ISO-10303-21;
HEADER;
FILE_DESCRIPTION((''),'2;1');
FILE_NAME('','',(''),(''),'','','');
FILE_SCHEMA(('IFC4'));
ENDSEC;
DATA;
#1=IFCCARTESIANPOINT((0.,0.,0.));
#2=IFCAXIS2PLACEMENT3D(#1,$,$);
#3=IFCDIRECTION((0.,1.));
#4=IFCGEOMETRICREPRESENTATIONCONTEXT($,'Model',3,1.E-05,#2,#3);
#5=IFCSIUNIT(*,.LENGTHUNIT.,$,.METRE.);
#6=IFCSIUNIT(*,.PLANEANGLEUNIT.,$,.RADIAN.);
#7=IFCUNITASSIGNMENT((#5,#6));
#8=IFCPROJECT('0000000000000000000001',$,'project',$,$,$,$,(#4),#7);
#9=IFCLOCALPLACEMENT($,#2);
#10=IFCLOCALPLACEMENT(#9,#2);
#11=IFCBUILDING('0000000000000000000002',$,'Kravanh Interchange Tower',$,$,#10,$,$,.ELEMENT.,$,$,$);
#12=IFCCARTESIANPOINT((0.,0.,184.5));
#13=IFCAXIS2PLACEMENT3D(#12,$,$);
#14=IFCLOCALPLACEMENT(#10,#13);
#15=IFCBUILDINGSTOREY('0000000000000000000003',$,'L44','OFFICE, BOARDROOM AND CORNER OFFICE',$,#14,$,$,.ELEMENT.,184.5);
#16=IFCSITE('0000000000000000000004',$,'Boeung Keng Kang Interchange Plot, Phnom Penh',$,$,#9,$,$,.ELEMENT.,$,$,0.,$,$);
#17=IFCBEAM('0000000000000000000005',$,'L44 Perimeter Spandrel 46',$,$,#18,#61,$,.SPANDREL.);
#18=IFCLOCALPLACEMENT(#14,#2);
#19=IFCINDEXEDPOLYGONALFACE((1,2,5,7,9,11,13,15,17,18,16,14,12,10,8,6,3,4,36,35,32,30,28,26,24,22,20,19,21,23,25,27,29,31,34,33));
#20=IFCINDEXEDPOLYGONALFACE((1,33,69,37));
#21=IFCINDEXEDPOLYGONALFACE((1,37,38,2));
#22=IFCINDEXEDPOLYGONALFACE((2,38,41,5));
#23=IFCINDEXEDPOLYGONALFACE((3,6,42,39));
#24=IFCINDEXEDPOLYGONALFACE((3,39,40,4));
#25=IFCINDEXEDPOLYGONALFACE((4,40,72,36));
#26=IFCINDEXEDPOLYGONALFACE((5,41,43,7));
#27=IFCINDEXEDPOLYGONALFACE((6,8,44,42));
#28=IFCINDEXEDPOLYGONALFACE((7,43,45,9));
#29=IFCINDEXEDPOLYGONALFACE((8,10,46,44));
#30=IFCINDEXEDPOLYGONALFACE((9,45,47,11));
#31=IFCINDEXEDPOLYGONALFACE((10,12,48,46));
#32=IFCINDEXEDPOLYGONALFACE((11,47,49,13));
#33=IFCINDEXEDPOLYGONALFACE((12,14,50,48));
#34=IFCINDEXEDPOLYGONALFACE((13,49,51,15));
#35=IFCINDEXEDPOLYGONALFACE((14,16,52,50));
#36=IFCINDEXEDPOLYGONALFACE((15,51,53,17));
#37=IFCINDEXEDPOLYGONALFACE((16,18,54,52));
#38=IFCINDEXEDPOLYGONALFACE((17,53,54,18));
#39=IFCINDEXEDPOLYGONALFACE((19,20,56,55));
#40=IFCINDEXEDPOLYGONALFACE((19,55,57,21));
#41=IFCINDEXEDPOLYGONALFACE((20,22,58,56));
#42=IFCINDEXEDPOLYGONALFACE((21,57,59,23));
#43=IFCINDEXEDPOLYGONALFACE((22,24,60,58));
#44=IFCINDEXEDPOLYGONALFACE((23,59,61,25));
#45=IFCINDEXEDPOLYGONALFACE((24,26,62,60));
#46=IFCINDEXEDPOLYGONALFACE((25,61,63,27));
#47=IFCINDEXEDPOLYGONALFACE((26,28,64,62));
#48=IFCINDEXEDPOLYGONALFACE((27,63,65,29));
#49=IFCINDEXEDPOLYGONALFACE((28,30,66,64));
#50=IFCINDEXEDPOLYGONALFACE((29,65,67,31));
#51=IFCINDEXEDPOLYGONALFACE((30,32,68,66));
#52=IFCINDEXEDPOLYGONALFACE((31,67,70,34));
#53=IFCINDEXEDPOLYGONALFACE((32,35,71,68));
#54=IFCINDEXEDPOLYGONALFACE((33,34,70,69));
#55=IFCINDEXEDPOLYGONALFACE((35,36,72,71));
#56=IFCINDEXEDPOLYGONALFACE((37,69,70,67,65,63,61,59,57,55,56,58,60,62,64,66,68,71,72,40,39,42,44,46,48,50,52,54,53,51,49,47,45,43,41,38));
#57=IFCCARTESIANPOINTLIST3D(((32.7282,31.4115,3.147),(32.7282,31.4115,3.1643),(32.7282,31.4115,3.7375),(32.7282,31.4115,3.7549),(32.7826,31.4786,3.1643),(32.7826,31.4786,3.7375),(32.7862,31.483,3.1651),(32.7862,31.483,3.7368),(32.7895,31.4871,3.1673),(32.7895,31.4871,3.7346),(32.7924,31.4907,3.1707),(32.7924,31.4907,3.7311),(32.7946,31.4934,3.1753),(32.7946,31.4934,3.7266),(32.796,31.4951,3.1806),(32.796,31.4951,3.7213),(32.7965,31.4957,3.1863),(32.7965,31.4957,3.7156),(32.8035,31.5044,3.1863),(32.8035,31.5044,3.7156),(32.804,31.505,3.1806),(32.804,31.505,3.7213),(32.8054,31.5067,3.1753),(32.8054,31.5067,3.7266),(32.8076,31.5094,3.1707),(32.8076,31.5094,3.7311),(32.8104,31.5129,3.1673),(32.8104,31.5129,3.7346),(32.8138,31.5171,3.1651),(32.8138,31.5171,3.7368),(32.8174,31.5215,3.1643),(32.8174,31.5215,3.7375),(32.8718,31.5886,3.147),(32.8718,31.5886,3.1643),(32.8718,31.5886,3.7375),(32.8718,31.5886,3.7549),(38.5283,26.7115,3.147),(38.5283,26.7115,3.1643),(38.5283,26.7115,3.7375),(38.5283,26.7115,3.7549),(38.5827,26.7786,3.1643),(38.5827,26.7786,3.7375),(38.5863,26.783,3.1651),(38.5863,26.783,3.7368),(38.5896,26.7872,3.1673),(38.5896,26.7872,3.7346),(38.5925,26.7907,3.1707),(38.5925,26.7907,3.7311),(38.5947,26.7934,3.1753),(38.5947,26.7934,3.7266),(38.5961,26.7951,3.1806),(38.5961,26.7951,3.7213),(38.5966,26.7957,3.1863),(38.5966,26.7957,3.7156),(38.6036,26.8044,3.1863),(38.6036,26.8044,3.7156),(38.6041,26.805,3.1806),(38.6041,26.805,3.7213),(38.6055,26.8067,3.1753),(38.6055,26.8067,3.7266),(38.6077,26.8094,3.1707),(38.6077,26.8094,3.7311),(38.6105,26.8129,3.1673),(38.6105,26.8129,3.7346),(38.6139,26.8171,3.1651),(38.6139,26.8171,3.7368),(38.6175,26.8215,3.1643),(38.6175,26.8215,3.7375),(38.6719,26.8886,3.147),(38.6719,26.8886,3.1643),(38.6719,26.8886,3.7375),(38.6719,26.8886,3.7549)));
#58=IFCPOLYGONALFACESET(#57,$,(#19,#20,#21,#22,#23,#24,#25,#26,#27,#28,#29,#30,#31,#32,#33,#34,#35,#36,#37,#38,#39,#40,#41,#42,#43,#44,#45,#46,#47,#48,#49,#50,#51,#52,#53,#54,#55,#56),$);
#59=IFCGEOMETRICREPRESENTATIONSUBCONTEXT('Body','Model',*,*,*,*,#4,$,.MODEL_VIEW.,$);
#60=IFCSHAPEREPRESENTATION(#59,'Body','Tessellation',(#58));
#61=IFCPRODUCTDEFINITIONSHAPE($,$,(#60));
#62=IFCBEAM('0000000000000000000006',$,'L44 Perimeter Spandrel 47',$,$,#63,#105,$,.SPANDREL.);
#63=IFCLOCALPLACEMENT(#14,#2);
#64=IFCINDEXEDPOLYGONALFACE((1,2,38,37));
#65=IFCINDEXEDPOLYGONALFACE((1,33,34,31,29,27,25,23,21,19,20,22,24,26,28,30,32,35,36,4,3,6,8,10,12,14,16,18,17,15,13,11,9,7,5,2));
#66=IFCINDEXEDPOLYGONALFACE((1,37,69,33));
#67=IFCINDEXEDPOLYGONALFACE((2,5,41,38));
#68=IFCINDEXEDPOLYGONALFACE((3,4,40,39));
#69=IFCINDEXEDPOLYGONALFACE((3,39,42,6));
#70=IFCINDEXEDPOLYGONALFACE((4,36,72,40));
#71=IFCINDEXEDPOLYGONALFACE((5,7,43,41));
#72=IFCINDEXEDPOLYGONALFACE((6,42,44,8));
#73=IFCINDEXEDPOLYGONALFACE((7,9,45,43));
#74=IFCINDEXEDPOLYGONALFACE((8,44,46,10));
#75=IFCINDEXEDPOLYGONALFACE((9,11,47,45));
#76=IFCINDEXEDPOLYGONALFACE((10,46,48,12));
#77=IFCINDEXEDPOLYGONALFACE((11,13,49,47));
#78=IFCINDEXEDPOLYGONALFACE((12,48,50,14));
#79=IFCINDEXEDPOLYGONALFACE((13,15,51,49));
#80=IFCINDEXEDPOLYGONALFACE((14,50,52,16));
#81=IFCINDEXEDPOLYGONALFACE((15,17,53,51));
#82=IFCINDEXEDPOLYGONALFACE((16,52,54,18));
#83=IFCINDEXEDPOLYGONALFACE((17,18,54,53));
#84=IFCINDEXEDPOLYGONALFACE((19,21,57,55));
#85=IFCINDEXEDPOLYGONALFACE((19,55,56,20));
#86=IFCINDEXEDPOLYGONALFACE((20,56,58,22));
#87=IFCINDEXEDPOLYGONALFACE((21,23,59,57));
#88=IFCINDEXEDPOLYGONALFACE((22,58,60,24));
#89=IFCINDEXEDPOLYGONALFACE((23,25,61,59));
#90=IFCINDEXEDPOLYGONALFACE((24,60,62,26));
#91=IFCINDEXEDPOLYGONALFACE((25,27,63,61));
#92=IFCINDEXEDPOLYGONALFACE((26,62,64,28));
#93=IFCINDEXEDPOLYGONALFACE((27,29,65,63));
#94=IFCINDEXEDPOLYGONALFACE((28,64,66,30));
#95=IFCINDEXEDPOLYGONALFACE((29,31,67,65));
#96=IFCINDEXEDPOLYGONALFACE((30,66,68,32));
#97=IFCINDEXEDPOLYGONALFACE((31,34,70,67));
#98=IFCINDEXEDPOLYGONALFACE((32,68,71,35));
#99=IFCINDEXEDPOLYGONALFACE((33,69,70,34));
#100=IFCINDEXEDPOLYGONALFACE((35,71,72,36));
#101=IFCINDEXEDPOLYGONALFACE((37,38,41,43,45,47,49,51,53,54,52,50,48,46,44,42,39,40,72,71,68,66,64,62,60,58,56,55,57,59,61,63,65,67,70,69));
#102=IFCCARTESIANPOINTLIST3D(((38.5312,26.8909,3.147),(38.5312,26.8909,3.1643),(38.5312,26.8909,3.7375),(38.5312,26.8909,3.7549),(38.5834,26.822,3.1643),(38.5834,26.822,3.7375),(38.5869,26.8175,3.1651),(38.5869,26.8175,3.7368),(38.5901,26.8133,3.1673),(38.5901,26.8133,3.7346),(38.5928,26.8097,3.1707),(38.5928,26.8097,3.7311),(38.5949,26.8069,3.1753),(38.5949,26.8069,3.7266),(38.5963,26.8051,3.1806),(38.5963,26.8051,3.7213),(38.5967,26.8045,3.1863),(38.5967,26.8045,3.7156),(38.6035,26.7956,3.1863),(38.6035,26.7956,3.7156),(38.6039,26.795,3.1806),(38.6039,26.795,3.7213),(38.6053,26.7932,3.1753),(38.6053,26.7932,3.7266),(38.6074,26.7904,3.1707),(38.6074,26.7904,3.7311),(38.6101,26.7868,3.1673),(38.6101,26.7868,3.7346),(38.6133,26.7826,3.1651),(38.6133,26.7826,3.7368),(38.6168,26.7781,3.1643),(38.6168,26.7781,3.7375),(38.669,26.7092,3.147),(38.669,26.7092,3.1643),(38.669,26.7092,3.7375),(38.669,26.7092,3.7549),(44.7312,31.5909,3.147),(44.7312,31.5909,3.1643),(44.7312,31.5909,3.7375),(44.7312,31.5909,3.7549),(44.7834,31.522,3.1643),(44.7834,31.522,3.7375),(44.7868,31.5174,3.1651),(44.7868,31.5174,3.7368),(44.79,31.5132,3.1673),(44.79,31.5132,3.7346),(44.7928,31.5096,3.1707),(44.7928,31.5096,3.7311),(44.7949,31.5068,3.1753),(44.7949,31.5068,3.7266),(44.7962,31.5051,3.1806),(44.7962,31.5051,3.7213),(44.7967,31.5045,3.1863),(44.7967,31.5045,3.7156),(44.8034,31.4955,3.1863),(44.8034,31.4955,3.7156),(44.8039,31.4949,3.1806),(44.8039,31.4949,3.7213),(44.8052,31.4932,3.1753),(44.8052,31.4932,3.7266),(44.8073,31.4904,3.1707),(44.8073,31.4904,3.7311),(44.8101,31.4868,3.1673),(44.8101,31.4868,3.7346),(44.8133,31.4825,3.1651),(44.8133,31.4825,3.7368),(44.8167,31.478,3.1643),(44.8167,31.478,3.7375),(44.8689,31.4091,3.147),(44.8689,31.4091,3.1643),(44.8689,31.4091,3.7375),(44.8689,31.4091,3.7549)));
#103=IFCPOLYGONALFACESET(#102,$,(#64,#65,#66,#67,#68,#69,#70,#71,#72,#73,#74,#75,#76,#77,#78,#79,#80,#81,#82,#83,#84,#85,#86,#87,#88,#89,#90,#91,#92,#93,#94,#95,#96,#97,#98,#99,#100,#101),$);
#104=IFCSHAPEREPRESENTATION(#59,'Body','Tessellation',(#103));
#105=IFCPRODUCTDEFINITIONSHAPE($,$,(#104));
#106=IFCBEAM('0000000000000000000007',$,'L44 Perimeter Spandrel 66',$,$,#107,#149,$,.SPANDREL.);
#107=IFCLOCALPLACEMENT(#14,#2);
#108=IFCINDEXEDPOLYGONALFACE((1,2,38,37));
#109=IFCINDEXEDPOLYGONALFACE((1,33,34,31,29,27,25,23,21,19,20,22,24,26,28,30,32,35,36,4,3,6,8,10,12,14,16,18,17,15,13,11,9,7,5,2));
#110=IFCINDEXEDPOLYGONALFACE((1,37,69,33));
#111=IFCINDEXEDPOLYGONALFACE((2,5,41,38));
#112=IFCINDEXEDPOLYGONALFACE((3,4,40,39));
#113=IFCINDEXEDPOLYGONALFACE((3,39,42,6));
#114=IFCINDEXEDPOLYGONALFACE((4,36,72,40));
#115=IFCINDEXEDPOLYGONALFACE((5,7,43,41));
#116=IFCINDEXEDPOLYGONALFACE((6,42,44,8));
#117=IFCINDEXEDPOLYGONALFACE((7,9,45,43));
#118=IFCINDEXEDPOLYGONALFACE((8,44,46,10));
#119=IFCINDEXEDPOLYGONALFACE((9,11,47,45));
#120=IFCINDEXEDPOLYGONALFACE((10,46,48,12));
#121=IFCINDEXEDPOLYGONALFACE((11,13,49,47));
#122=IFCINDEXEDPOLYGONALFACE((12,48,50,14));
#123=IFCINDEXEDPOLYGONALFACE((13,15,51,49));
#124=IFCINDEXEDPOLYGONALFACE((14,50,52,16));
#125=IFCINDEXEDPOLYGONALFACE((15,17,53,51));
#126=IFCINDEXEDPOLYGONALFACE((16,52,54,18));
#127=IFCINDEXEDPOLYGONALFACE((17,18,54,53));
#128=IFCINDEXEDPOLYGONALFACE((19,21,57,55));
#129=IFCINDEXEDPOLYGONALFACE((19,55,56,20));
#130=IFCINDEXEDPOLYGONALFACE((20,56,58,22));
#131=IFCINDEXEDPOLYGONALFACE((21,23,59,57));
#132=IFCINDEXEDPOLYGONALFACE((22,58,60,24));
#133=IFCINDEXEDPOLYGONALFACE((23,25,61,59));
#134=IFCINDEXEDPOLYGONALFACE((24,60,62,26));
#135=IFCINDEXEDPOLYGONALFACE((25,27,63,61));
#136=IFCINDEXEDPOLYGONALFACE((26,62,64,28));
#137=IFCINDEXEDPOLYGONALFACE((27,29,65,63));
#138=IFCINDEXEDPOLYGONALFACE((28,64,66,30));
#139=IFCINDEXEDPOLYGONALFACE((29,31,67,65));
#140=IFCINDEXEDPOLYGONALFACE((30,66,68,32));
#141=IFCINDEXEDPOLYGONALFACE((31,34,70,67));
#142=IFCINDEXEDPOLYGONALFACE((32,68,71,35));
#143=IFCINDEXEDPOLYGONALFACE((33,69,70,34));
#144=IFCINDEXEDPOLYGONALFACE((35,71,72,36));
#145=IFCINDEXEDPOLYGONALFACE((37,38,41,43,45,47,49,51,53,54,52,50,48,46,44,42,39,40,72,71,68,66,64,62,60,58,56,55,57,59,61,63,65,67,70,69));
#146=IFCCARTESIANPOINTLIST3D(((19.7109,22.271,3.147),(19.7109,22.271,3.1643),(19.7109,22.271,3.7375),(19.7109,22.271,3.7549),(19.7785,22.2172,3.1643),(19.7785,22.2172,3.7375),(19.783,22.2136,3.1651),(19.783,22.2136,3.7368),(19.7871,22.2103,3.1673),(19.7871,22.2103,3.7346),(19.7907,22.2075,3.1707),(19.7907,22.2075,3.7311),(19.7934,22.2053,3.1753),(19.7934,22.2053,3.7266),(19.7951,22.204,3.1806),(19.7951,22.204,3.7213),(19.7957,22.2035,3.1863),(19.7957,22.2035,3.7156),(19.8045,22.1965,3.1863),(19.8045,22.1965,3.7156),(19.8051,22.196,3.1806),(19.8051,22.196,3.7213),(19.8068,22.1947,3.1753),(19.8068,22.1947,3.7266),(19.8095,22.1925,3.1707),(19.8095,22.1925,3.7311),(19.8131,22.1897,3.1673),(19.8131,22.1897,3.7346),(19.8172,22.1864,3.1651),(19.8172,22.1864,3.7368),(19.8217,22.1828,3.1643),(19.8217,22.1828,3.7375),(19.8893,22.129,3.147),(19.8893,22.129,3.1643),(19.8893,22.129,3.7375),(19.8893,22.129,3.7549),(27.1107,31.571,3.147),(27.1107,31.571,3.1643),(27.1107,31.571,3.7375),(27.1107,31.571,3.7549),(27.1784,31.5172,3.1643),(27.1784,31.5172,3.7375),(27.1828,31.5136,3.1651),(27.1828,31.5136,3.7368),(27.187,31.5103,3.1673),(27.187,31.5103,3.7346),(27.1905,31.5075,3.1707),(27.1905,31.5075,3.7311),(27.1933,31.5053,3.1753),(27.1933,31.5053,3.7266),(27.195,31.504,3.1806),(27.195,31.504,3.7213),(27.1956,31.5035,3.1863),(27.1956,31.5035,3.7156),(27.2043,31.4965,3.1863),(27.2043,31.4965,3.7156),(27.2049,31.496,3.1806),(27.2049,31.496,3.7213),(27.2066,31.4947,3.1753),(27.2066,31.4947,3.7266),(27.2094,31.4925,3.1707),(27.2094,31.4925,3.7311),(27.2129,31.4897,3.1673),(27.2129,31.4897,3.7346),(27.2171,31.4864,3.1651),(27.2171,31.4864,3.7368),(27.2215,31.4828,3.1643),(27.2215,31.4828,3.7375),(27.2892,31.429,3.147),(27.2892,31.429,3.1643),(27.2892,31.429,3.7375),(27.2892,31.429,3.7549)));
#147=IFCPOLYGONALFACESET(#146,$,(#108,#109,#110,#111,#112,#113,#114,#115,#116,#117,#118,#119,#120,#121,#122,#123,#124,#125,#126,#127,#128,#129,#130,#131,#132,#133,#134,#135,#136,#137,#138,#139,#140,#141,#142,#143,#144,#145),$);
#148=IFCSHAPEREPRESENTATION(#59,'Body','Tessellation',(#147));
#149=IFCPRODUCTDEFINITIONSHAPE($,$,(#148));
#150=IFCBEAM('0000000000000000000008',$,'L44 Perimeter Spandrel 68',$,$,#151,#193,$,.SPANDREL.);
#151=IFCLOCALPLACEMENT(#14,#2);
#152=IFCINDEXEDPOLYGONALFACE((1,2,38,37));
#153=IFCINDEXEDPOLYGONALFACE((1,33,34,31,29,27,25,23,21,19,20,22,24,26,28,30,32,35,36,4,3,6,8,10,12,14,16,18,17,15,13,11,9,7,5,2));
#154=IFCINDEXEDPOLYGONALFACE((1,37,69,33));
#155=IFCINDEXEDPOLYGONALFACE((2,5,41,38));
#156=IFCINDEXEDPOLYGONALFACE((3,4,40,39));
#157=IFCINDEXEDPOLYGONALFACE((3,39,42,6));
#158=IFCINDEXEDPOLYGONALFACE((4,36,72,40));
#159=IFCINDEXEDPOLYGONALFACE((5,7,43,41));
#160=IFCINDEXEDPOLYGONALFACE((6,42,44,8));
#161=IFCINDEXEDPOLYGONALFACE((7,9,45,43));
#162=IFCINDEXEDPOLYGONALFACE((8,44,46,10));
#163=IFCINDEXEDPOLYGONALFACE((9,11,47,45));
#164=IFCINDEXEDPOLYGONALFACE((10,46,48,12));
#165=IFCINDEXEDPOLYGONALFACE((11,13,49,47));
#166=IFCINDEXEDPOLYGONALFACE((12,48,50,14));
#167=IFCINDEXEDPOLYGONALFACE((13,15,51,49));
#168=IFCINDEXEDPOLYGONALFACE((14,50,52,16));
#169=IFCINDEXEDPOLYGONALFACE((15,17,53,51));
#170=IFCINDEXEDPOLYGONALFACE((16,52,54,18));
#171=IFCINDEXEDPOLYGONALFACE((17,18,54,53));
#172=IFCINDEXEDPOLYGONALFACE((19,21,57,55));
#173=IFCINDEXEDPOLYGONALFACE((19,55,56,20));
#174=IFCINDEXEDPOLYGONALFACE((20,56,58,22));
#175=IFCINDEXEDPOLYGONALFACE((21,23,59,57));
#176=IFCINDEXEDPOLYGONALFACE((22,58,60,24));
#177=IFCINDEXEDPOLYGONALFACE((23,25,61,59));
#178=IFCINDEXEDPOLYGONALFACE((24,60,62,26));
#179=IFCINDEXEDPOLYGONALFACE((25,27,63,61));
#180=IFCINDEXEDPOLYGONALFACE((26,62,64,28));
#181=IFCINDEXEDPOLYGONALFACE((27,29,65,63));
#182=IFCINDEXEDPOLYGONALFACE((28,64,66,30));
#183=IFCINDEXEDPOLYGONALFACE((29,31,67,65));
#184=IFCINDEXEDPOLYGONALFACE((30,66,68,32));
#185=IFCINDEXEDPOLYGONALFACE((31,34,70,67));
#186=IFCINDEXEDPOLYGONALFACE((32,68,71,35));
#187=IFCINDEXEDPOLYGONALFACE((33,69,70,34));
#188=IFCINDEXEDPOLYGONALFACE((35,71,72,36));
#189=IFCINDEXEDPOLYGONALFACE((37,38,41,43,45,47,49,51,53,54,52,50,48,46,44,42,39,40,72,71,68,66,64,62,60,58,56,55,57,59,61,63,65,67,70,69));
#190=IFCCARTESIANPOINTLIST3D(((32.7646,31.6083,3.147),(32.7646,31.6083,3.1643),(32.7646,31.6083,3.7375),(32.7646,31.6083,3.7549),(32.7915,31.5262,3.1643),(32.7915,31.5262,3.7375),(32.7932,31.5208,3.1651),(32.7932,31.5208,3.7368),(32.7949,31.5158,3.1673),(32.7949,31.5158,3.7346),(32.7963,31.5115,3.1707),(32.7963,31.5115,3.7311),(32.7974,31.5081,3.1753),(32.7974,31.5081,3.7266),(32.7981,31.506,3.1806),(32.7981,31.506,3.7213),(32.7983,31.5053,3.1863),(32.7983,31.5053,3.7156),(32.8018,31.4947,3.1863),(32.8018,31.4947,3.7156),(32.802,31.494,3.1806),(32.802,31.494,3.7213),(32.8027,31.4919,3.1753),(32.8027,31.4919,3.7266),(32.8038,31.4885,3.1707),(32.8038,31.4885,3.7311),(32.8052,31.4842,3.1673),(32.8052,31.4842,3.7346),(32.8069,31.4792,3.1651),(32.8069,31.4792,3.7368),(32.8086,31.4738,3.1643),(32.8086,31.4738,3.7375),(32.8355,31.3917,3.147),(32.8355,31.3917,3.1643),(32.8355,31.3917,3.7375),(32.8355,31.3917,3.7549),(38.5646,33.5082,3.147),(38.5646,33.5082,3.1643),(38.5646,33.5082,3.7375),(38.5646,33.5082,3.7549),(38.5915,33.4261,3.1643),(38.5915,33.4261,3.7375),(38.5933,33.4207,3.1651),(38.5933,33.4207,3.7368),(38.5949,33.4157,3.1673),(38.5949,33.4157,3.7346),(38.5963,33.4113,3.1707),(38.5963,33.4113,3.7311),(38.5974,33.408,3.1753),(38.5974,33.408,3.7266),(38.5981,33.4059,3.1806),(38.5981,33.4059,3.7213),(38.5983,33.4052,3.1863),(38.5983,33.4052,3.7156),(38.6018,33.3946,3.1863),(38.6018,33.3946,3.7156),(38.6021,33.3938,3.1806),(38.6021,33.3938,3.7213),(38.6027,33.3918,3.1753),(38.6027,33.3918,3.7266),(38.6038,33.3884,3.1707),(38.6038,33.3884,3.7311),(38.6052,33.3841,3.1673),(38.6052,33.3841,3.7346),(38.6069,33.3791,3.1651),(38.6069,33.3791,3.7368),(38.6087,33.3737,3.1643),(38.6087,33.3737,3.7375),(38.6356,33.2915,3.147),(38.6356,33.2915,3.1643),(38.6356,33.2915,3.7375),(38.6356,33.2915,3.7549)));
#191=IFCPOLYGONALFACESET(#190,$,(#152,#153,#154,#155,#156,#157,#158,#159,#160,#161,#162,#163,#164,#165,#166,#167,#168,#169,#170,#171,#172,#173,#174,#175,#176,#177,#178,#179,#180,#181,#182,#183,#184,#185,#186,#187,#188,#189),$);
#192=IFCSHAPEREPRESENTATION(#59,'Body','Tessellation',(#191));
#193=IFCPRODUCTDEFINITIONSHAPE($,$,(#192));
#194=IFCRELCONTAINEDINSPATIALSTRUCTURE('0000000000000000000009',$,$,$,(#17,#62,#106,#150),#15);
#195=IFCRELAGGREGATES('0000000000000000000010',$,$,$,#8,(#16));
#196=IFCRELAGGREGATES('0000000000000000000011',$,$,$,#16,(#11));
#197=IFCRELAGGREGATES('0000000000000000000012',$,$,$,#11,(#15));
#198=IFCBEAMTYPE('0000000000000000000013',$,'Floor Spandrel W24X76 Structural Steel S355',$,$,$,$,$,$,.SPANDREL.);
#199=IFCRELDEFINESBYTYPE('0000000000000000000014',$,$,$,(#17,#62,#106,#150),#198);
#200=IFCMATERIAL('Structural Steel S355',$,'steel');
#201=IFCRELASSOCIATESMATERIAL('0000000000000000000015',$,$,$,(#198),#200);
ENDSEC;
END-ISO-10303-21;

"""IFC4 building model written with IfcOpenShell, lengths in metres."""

from ifc_helpers import new_model, si_unit, direction, frame, origin, origin_2d, place, context, subcontext, project, spatial, i_section, extrude, material, material_profile, profile_set, type_object, element, save


model = new_model("IFC4")

# Units and contexts
model_context = context("Model", 3, precision=1e-05, world=origin(), true_north=direction((0.0, 1.0)))
body_context = subcontext(model_context, "Body", "Model", "MODEL_VIEW")
ifc_project = project(units=[si_unit("LENGTHUNIT", "METRE"), si_unit("PLANEANGLEUNIT", "RADIAN")], contexts=[model_context])

# Site, building, storey
site_placement = place(None, origin())
site = spatial("IfcSite", under=ifc_project, at=site_placement, Name="Boeung Keng Kang Interchange Plot, Phnom Penh", CompositionType="ELEMENT", RefElevation=0.0)
building_placement = place(site_placement, origin())
building = spatial("IfcBuilding", under=site, at=building_placement, Name="Kravanh Interchange Tower", CompositionType="ELEMENT")
storey_placement = place(building_placement, frame((0.0, 0.0, 184.5)))
storey = spatial("IfcBuildingStorey", under=building, at=storey_placement, Name="L44", Description="OFFICE, BOARDROOM AND CORNER OFFICE", CompositionType="ELEMENT", Elevation=184.5)

# Beams
ifc_material_1 = material(Name="Structural Steel S355", Category="steel")
ifc_material_profile_1 = material_profile(ifc_material_1, i_section(OverallWidth=0.228, OverallDepth=0.6079, WebThickness=0.0112, FlangeThickness=0.0173, FilletRadius=0.022, at=origin_2d()), Name="W24X76")
ifc_profile_set_1 = profile_set([ifc_material_profile_1], Name="Structural Steel S355")
beam_type_1 = type_object("IfcBeamType", Name="Floor Spandrel W24X76 Structural Steel S355", PredefinedType="SPANDREL", material=ifc_profile_set_1)
beam_1_placement = place(storey_placement, frame((38.6001, 26.8, 3.4509), z_axis=(-0.776939, 0.629576, 0.0), x_axis=(-0.629576, -0.776939, 0.0)))
element("IfcBeam", 1, at=beam_1_placement, inside=storey, type_object=beam_type_1, Name="L44 Perimeter Spandrel 46", PredefinedType="SPANDREL", context=body_context, shape_type="SweptSolid", body=[
    extrude(i_section(OverallWidth=0.228, OverallDepth=0.6079, WebThickness=0.0112, FlangeThickness=0.0173, FilletRadius=0.022, at=origin_2d()), origin(), (0.0, 0.0, 1.0), 7.4653),
])
beam_2_placement = place(storey_placement, frame((38.6001, 26.8, 3.4509), z_axis=(0.796905, 0.604104, 0.0), x_axis=(-0.604104, 0.796905, 0.0)))
element("IfcBeam", 2, at=beam_2_placement, inside=storey, type_object=beam_type_1, Name="L44 Perimeter Spandrel 47", PredefinedType="SPANDREL", context=body_context, shape_type="SweptSolid", body=[
    extrude(i_section(OverallWidth=0.228, OverallDepth=0.6079, WebThickness=0.0112, FlangeThickness=0.0173, FilletRadius=0.022, at=origin_2d()), origin(), (0.0, 0.0, 1.0), 7.78),
])
beam_3_placement = place(storey_placement, frame((27.2, 31.5, 3.4509), z_axis=(-0.622634, -0.782513, 0.0), x_axis=(0.782513, -0.622634, 0.0)))
element("IfcBeam", 3, at=beam_3_placement, inside=storey, type_object=beam_type_1, Name="L44 Perimeter Spandrel 66", PredefinedType="SPANDREL", context=body_context, shape_type="SweptSolid", body=[
    extrude(i_section(OverallWidth=0.228, OverallDepth=0.6079, WebThickness=0.0112, FlangeThickness=0.0173, FilletRadius=0.022, at=origin_2d()), origin(), (0.0, 0.0, 1.0), 11.8848),
])
beam_4_placement = place(storey_placement, frame((32.8, 31.5, 3.4509), z_axis=(0.950315, 0.311291, 0.0), x_axis=(-0.311291, 0.950315, 0.0)))
element("IfcBeam", 4, at=beam_4_placement, inside=storey, type_object=beam_type_1, Name="L44 Perimeter Spandrel 68", PredefinedType="SPANDREL", context=body_context, shape_type="SweptSolid", body=[
    extrude(i_section(OverallWidth=0.228, OverallDepth=0.6079, WebThickness=0.0112, FlangeThickness=0.0173, FilletRadius=0.022, at=origin_2d()), origin(), (0.0, 0.0, 1.0), 6.1033),
])

save(model, "model.ifc")
